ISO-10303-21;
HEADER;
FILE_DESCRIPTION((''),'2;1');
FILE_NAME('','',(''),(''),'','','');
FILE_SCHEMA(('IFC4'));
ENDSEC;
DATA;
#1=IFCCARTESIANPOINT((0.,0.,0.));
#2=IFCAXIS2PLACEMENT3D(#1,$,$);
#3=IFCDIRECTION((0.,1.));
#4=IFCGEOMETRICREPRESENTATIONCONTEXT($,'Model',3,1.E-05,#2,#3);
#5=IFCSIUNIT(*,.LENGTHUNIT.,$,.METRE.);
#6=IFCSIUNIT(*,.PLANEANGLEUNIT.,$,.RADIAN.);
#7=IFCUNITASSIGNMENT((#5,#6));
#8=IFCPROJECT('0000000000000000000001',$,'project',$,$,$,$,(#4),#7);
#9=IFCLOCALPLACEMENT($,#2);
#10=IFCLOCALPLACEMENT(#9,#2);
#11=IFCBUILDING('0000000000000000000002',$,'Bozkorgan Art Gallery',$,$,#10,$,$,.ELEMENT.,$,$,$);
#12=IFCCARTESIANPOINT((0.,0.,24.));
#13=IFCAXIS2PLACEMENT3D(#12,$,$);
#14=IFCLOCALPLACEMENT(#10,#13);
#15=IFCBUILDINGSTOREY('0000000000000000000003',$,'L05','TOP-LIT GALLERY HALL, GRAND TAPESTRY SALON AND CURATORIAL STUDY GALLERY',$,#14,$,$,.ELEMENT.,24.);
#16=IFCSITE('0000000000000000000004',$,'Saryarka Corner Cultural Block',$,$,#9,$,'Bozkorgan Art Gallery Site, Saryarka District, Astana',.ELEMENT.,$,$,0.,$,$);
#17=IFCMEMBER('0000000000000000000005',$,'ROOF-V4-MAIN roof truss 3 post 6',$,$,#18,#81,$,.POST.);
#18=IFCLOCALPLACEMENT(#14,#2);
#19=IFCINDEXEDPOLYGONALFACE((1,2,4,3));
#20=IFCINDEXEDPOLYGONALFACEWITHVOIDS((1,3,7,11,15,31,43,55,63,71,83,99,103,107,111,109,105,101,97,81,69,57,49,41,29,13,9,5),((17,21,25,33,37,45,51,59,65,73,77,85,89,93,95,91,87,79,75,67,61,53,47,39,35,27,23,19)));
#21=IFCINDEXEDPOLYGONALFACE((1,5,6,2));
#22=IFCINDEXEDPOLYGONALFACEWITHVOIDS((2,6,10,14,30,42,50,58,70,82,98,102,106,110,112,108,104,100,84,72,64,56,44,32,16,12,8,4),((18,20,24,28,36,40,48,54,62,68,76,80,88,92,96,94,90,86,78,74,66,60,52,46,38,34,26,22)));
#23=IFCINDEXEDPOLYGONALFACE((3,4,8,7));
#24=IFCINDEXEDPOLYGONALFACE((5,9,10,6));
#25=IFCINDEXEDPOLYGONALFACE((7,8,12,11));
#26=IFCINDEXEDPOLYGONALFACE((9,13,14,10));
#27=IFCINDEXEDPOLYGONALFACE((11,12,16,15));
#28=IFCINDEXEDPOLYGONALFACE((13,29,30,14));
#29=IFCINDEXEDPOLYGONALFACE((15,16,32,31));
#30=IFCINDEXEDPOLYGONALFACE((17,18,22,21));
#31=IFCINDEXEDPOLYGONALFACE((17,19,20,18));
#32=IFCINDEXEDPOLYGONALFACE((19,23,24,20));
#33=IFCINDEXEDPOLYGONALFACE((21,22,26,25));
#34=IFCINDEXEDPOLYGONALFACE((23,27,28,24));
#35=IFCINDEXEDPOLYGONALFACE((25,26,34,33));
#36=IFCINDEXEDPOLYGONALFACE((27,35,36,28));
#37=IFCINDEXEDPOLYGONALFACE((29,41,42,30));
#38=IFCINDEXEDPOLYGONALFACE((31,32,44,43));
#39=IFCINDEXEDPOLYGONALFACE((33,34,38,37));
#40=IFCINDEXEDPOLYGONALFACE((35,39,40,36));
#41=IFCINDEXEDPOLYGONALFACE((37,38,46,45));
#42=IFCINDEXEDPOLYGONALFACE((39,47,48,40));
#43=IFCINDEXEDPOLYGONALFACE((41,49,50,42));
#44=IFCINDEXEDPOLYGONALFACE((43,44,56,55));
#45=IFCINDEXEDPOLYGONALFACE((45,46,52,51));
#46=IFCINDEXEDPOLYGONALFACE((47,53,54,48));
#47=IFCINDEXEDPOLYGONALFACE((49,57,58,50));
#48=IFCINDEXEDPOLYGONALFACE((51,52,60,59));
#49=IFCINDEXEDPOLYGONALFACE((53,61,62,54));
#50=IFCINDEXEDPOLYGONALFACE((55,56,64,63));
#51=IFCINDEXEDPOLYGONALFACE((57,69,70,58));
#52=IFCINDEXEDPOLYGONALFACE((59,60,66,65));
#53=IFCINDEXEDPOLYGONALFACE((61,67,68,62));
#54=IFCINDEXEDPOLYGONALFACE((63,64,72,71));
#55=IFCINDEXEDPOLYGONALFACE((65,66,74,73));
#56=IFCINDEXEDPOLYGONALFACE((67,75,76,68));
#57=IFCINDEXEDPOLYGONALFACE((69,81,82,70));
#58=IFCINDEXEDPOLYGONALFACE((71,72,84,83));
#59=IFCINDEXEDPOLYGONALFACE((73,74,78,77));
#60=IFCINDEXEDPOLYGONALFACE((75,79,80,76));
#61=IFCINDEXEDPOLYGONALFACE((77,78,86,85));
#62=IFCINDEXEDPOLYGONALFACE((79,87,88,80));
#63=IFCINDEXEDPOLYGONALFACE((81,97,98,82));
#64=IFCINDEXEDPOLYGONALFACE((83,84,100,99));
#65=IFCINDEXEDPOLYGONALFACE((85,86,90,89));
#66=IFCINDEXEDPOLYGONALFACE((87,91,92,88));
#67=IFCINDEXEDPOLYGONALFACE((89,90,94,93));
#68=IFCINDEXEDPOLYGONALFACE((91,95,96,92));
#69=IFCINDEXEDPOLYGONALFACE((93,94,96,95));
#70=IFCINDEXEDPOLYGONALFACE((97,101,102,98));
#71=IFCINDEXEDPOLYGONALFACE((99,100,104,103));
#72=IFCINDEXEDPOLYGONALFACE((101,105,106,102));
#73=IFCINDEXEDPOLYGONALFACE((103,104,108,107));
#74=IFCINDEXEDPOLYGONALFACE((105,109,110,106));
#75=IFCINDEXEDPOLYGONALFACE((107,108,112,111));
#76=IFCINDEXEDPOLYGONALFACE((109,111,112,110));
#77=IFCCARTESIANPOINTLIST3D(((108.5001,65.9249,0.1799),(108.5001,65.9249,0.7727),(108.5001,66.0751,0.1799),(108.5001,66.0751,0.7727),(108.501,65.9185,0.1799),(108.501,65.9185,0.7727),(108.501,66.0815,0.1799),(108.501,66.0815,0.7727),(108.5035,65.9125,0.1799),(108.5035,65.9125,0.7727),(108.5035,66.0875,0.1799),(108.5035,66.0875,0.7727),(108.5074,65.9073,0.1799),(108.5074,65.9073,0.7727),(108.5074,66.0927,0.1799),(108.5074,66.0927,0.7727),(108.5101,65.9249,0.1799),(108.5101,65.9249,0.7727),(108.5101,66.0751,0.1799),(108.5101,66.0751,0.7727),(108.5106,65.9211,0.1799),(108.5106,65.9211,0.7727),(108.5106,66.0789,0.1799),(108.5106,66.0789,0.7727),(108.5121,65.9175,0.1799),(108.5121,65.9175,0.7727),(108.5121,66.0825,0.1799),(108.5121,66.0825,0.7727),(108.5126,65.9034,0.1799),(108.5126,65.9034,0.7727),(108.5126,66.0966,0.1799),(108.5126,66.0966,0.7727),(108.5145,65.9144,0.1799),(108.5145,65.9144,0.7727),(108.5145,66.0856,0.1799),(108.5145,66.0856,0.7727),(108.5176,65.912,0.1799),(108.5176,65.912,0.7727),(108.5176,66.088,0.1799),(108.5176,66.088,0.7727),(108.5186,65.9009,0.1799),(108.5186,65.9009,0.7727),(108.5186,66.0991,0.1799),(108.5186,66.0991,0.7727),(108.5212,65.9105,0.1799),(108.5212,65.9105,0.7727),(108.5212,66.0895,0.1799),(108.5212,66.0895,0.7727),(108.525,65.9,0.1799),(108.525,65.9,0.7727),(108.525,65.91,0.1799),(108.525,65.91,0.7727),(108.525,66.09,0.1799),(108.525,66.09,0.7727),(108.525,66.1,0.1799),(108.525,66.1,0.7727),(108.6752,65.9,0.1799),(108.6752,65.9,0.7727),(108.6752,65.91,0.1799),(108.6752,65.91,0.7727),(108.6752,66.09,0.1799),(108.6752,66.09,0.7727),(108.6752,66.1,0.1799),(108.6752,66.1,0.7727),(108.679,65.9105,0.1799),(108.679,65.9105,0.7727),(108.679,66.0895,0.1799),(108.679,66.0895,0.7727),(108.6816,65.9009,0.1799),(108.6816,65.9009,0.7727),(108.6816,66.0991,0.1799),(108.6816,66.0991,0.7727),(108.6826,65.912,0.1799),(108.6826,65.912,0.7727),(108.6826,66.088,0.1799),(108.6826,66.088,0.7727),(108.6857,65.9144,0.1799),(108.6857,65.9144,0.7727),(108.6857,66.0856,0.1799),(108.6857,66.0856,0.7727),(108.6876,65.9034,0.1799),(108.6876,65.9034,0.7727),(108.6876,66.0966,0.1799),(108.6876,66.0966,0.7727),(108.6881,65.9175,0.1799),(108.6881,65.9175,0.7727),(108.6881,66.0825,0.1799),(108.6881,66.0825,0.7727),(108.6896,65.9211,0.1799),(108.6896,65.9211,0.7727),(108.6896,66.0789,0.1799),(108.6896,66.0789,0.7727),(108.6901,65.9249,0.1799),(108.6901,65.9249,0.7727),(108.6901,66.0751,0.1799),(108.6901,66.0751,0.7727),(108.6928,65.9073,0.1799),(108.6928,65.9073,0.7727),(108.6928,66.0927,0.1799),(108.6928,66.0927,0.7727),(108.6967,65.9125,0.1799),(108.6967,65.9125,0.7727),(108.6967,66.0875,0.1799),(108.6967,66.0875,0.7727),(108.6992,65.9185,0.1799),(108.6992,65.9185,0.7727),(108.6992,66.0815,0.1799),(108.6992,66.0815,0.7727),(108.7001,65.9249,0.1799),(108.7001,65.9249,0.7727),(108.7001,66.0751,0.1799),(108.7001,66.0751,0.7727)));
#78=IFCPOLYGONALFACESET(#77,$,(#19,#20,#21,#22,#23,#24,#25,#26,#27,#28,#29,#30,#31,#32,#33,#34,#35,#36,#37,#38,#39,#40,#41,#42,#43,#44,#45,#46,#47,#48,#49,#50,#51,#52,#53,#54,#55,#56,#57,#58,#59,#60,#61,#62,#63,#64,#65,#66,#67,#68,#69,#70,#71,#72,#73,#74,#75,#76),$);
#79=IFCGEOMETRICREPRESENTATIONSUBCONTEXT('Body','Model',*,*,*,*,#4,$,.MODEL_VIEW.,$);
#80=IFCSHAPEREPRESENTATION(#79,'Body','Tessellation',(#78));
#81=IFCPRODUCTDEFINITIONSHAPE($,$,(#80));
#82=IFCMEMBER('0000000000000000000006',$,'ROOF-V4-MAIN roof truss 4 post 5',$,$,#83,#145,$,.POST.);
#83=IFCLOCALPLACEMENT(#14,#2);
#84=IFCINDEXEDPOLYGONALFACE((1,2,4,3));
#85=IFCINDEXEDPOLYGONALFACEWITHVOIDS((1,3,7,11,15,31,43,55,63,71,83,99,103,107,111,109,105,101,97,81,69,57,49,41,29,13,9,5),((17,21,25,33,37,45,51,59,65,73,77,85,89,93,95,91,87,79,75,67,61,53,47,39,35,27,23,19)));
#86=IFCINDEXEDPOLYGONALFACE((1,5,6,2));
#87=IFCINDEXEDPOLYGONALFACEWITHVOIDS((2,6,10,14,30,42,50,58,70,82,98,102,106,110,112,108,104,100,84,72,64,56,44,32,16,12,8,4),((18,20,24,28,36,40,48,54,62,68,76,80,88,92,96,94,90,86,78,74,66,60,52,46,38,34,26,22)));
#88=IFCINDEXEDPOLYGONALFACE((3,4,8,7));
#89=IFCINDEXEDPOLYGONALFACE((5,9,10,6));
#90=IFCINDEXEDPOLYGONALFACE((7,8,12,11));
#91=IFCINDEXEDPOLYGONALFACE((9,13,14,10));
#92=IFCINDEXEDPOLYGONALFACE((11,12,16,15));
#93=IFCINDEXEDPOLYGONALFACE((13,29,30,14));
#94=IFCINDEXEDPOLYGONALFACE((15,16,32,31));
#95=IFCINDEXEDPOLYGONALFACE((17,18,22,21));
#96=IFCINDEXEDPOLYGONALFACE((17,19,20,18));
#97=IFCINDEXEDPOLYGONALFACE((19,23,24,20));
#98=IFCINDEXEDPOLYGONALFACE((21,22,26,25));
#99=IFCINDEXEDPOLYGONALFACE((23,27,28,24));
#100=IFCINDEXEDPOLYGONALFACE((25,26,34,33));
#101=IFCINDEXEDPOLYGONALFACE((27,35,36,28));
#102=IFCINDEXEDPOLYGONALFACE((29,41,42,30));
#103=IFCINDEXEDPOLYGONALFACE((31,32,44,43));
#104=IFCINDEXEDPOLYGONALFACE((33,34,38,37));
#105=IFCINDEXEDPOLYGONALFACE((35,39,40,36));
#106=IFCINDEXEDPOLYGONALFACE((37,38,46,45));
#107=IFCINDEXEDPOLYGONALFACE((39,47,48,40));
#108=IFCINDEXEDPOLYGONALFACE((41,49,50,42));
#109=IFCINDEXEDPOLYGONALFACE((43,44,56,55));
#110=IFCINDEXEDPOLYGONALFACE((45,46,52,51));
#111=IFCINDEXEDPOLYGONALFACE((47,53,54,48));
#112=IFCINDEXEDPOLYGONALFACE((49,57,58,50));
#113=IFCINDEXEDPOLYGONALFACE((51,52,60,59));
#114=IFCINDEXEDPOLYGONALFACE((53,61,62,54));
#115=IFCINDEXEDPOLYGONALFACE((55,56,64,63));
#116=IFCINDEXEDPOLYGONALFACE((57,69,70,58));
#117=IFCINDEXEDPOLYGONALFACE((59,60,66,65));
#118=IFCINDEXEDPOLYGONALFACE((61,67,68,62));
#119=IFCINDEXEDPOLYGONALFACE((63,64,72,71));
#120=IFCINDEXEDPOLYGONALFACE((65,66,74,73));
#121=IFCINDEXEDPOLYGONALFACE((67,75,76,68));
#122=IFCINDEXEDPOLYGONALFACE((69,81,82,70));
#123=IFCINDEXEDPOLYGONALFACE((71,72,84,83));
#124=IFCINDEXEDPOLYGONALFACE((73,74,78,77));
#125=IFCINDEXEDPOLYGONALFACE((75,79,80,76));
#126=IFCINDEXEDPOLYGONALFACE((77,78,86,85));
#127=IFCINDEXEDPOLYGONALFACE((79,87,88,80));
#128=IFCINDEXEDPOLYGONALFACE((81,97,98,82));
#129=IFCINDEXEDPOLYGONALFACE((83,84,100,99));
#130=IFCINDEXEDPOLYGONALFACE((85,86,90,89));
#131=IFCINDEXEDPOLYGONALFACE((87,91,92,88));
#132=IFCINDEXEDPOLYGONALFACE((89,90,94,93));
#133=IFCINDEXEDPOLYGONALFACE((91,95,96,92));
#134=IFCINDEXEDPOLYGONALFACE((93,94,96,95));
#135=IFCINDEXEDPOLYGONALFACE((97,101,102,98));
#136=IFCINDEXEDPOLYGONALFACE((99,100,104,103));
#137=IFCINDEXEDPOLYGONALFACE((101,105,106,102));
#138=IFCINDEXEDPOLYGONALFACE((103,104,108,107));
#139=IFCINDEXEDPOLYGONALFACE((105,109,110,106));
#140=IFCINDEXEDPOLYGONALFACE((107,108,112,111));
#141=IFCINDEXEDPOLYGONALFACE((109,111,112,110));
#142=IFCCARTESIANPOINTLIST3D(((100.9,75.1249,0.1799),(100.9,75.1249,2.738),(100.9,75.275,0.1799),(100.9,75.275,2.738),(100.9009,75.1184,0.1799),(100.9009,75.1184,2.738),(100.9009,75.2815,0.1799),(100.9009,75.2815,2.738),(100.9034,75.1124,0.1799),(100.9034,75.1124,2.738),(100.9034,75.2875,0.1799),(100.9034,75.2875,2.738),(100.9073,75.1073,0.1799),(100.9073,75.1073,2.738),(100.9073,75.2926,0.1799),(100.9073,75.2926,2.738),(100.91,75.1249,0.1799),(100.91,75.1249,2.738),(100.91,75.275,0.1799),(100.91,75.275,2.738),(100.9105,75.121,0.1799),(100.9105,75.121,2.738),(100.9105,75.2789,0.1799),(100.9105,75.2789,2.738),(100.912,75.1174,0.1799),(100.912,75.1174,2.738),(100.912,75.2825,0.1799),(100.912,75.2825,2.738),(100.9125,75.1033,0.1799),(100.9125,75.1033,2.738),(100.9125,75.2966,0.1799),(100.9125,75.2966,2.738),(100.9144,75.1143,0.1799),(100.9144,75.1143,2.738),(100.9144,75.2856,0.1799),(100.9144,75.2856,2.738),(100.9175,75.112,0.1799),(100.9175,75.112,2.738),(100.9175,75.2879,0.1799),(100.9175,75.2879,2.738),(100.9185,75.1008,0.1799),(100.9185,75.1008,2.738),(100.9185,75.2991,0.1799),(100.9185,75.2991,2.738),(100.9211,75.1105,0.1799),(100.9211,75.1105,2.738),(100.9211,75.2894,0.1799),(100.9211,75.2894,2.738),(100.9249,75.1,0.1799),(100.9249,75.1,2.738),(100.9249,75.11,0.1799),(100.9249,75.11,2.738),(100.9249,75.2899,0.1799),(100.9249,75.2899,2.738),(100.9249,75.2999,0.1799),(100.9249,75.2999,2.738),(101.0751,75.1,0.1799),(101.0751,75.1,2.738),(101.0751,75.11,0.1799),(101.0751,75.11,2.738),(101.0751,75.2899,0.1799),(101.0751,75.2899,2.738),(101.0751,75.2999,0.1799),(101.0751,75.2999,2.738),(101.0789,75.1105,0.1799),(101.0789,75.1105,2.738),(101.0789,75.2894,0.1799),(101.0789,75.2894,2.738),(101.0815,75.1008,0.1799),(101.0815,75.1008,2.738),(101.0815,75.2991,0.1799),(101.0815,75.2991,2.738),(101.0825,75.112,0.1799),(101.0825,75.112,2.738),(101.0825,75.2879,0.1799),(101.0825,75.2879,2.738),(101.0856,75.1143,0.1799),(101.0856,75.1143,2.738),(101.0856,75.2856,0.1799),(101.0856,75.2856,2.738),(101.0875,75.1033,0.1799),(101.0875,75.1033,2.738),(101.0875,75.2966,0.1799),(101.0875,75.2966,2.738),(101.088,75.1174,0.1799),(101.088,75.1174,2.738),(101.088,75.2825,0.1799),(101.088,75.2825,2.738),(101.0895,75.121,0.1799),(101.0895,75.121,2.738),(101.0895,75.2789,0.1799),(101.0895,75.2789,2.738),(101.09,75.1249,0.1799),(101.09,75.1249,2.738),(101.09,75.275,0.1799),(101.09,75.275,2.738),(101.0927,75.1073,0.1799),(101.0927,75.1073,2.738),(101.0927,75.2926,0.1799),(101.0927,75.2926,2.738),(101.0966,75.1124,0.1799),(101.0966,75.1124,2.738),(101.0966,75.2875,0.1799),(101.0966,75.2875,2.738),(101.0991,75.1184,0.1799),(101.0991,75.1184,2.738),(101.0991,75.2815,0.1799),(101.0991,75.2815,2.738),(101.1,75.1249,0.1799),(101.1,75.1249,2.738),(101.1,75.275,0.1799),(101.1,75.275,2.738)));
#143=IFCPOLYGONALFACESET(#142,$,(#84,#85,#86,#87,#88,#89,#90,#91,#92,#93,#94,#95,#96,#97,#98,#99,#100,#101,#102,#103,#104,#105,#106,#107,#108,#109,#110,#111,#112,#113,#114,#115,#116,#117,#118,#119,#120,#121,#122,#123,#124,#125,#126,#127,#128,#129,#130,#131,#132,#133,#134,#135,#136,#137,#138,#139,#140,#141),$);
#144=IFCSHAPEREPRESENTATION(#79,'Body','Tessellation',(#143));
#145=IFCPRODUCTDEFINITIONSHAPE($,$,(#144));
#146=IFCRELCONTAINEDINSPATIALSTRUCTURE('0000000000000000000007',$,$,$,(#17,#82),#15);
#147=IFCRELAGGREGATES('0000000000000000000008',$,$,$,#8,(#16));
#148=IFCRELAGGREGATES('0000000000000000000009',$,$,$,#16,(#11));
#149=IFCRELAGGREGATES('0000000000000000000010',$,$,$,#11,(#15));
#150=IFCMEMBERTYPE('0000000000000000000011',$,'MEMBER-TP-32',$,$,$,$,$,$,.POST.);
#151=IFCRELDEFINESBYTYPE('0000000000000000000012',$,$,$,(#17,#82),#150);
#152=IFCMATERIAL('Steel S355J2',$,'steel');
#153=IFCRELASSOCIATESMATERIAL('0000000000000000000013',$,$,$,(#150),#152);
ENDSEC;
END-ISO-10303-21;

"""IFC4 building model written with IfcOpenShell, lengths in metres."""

from ifc_helpers import new_model, si_unit, direction, frame, origin, origin_2d, place, context, subcontext, project, spatial, hollow_rectangle, extrude, material, material_profile, profile_set, type_object, element, save


model = new_model("IFC4")

# Units and contexts
model_context = context("Model", 3, precision=1e-05, world=origin(), true_north=direction((0.0, 1.0)))
body_context = subcontext(model_context, "Body", "Model", "MODEL_VIEW")
ifc_project = project(units=[si_unit("LENGTHUNIT", "METRE"), si_unit("PLANEANGLEUNIT", "RADIAN")], contexts=[model_context])

# Site, building, storey
site_placement = place(None, origin())
site = spatial("IfcSite", under=ifc_project, at=site_placement, Name="Saryarka Corner Cultural Block", LongName="Bozkorgan Art Gallery Site, Saryarka District, Astana", CompositionType="ELEMENT", RefElevation=0.0)
building_placement = place(site_placement, origin())
building = spatial("IfcBuilding", under=site, at=building_placement, Name="Bozkorgan Art Gallery", CompositionType="ELEMENT")
storey_placement = place(building_placement, frame((0.0, 0.0, 24.0)))
storey = spatial("IfcBuildingStorey", under=building, at=storey_placement, Name="L05", Description="TOP-LIT GALLERY HALL, GRAND TAPESTRY SALON AND CURATORIAL STUDY GALLERY", CompositionType="ELEMENT", Elevation=24.0)

# Shared definitions
ifc_material_1 = material(Name="Steel S355J2", Category="steel")

# Members
ifc_material_profile_1 = material_profile(ifc_material_1, hollow_rectangle(XDim=0.2, YDim=0.2, WallThickness=0.01, InnerFilletRadius=0.0149, OuterFilletRadius=0.0249, at=origin_2d()), Name="SHS 200x200x10")
ifc_profile_set_1 = profile_set([ifc_material_profile_1], Name="Steel S355J2")
member_type_1 = type_object("IfcMemberType", Name="MEMBER-TP-32", PredefinedType="POST", material=ifc_profile_set_1)
for number, where, z_axis, x_axis, name in (
    (1, (108.6001, 66.0, 0.1799), (0.0, 0.0, 1.0), (1.0, 0.0, 0.0), "ROOF-V4-MAIN roof truss 3 post 6"),
):
    element("IfcMember", number, at=place(storey_placement, frame(where, z_axis=z_axis, x_axis=x_axis)), inside=storey, type_object=member_type_1, Name=name, PredefinedType="POST", context=body_context, shape_type="SweptSolid", body=[
        extrude(hollow_rectangle(XDim=0.2, YDim=0.2, WallThickness=0.01, InnerFilletRadius=0.0149, OuterFilletRadius=0.0249, at=origin_2d()), origin(), (0.0, 0.0, 1.0), 0.5928),
    ])
member_1_placement = place(storey_placement, frame((101.0, 75.2, 0.1799), z_axis=(0.0, 0.0, 1.0), x_axis=(1.0, 0.0, 0.0)))
element("IfcMember", 2, at=member_1_placement, inside=storey, type_object=member_type_1, Name="ROOF-V4-MAIN roof truss 4 post 5", PredefinedType="POST", context=body_context, shape_type="SweptSolid", body=[
    extrude(hollow_rectangle(XDim=0.2, YDim=0.2, WallThickness=0.01, InnerFilletRadius=0.0149, OuterFilletRadius=0.0249, at=origin_2d()), origin(), (0.0, 0.0, 1.0), 2.5581),
])

save(model, "model.ifc")
